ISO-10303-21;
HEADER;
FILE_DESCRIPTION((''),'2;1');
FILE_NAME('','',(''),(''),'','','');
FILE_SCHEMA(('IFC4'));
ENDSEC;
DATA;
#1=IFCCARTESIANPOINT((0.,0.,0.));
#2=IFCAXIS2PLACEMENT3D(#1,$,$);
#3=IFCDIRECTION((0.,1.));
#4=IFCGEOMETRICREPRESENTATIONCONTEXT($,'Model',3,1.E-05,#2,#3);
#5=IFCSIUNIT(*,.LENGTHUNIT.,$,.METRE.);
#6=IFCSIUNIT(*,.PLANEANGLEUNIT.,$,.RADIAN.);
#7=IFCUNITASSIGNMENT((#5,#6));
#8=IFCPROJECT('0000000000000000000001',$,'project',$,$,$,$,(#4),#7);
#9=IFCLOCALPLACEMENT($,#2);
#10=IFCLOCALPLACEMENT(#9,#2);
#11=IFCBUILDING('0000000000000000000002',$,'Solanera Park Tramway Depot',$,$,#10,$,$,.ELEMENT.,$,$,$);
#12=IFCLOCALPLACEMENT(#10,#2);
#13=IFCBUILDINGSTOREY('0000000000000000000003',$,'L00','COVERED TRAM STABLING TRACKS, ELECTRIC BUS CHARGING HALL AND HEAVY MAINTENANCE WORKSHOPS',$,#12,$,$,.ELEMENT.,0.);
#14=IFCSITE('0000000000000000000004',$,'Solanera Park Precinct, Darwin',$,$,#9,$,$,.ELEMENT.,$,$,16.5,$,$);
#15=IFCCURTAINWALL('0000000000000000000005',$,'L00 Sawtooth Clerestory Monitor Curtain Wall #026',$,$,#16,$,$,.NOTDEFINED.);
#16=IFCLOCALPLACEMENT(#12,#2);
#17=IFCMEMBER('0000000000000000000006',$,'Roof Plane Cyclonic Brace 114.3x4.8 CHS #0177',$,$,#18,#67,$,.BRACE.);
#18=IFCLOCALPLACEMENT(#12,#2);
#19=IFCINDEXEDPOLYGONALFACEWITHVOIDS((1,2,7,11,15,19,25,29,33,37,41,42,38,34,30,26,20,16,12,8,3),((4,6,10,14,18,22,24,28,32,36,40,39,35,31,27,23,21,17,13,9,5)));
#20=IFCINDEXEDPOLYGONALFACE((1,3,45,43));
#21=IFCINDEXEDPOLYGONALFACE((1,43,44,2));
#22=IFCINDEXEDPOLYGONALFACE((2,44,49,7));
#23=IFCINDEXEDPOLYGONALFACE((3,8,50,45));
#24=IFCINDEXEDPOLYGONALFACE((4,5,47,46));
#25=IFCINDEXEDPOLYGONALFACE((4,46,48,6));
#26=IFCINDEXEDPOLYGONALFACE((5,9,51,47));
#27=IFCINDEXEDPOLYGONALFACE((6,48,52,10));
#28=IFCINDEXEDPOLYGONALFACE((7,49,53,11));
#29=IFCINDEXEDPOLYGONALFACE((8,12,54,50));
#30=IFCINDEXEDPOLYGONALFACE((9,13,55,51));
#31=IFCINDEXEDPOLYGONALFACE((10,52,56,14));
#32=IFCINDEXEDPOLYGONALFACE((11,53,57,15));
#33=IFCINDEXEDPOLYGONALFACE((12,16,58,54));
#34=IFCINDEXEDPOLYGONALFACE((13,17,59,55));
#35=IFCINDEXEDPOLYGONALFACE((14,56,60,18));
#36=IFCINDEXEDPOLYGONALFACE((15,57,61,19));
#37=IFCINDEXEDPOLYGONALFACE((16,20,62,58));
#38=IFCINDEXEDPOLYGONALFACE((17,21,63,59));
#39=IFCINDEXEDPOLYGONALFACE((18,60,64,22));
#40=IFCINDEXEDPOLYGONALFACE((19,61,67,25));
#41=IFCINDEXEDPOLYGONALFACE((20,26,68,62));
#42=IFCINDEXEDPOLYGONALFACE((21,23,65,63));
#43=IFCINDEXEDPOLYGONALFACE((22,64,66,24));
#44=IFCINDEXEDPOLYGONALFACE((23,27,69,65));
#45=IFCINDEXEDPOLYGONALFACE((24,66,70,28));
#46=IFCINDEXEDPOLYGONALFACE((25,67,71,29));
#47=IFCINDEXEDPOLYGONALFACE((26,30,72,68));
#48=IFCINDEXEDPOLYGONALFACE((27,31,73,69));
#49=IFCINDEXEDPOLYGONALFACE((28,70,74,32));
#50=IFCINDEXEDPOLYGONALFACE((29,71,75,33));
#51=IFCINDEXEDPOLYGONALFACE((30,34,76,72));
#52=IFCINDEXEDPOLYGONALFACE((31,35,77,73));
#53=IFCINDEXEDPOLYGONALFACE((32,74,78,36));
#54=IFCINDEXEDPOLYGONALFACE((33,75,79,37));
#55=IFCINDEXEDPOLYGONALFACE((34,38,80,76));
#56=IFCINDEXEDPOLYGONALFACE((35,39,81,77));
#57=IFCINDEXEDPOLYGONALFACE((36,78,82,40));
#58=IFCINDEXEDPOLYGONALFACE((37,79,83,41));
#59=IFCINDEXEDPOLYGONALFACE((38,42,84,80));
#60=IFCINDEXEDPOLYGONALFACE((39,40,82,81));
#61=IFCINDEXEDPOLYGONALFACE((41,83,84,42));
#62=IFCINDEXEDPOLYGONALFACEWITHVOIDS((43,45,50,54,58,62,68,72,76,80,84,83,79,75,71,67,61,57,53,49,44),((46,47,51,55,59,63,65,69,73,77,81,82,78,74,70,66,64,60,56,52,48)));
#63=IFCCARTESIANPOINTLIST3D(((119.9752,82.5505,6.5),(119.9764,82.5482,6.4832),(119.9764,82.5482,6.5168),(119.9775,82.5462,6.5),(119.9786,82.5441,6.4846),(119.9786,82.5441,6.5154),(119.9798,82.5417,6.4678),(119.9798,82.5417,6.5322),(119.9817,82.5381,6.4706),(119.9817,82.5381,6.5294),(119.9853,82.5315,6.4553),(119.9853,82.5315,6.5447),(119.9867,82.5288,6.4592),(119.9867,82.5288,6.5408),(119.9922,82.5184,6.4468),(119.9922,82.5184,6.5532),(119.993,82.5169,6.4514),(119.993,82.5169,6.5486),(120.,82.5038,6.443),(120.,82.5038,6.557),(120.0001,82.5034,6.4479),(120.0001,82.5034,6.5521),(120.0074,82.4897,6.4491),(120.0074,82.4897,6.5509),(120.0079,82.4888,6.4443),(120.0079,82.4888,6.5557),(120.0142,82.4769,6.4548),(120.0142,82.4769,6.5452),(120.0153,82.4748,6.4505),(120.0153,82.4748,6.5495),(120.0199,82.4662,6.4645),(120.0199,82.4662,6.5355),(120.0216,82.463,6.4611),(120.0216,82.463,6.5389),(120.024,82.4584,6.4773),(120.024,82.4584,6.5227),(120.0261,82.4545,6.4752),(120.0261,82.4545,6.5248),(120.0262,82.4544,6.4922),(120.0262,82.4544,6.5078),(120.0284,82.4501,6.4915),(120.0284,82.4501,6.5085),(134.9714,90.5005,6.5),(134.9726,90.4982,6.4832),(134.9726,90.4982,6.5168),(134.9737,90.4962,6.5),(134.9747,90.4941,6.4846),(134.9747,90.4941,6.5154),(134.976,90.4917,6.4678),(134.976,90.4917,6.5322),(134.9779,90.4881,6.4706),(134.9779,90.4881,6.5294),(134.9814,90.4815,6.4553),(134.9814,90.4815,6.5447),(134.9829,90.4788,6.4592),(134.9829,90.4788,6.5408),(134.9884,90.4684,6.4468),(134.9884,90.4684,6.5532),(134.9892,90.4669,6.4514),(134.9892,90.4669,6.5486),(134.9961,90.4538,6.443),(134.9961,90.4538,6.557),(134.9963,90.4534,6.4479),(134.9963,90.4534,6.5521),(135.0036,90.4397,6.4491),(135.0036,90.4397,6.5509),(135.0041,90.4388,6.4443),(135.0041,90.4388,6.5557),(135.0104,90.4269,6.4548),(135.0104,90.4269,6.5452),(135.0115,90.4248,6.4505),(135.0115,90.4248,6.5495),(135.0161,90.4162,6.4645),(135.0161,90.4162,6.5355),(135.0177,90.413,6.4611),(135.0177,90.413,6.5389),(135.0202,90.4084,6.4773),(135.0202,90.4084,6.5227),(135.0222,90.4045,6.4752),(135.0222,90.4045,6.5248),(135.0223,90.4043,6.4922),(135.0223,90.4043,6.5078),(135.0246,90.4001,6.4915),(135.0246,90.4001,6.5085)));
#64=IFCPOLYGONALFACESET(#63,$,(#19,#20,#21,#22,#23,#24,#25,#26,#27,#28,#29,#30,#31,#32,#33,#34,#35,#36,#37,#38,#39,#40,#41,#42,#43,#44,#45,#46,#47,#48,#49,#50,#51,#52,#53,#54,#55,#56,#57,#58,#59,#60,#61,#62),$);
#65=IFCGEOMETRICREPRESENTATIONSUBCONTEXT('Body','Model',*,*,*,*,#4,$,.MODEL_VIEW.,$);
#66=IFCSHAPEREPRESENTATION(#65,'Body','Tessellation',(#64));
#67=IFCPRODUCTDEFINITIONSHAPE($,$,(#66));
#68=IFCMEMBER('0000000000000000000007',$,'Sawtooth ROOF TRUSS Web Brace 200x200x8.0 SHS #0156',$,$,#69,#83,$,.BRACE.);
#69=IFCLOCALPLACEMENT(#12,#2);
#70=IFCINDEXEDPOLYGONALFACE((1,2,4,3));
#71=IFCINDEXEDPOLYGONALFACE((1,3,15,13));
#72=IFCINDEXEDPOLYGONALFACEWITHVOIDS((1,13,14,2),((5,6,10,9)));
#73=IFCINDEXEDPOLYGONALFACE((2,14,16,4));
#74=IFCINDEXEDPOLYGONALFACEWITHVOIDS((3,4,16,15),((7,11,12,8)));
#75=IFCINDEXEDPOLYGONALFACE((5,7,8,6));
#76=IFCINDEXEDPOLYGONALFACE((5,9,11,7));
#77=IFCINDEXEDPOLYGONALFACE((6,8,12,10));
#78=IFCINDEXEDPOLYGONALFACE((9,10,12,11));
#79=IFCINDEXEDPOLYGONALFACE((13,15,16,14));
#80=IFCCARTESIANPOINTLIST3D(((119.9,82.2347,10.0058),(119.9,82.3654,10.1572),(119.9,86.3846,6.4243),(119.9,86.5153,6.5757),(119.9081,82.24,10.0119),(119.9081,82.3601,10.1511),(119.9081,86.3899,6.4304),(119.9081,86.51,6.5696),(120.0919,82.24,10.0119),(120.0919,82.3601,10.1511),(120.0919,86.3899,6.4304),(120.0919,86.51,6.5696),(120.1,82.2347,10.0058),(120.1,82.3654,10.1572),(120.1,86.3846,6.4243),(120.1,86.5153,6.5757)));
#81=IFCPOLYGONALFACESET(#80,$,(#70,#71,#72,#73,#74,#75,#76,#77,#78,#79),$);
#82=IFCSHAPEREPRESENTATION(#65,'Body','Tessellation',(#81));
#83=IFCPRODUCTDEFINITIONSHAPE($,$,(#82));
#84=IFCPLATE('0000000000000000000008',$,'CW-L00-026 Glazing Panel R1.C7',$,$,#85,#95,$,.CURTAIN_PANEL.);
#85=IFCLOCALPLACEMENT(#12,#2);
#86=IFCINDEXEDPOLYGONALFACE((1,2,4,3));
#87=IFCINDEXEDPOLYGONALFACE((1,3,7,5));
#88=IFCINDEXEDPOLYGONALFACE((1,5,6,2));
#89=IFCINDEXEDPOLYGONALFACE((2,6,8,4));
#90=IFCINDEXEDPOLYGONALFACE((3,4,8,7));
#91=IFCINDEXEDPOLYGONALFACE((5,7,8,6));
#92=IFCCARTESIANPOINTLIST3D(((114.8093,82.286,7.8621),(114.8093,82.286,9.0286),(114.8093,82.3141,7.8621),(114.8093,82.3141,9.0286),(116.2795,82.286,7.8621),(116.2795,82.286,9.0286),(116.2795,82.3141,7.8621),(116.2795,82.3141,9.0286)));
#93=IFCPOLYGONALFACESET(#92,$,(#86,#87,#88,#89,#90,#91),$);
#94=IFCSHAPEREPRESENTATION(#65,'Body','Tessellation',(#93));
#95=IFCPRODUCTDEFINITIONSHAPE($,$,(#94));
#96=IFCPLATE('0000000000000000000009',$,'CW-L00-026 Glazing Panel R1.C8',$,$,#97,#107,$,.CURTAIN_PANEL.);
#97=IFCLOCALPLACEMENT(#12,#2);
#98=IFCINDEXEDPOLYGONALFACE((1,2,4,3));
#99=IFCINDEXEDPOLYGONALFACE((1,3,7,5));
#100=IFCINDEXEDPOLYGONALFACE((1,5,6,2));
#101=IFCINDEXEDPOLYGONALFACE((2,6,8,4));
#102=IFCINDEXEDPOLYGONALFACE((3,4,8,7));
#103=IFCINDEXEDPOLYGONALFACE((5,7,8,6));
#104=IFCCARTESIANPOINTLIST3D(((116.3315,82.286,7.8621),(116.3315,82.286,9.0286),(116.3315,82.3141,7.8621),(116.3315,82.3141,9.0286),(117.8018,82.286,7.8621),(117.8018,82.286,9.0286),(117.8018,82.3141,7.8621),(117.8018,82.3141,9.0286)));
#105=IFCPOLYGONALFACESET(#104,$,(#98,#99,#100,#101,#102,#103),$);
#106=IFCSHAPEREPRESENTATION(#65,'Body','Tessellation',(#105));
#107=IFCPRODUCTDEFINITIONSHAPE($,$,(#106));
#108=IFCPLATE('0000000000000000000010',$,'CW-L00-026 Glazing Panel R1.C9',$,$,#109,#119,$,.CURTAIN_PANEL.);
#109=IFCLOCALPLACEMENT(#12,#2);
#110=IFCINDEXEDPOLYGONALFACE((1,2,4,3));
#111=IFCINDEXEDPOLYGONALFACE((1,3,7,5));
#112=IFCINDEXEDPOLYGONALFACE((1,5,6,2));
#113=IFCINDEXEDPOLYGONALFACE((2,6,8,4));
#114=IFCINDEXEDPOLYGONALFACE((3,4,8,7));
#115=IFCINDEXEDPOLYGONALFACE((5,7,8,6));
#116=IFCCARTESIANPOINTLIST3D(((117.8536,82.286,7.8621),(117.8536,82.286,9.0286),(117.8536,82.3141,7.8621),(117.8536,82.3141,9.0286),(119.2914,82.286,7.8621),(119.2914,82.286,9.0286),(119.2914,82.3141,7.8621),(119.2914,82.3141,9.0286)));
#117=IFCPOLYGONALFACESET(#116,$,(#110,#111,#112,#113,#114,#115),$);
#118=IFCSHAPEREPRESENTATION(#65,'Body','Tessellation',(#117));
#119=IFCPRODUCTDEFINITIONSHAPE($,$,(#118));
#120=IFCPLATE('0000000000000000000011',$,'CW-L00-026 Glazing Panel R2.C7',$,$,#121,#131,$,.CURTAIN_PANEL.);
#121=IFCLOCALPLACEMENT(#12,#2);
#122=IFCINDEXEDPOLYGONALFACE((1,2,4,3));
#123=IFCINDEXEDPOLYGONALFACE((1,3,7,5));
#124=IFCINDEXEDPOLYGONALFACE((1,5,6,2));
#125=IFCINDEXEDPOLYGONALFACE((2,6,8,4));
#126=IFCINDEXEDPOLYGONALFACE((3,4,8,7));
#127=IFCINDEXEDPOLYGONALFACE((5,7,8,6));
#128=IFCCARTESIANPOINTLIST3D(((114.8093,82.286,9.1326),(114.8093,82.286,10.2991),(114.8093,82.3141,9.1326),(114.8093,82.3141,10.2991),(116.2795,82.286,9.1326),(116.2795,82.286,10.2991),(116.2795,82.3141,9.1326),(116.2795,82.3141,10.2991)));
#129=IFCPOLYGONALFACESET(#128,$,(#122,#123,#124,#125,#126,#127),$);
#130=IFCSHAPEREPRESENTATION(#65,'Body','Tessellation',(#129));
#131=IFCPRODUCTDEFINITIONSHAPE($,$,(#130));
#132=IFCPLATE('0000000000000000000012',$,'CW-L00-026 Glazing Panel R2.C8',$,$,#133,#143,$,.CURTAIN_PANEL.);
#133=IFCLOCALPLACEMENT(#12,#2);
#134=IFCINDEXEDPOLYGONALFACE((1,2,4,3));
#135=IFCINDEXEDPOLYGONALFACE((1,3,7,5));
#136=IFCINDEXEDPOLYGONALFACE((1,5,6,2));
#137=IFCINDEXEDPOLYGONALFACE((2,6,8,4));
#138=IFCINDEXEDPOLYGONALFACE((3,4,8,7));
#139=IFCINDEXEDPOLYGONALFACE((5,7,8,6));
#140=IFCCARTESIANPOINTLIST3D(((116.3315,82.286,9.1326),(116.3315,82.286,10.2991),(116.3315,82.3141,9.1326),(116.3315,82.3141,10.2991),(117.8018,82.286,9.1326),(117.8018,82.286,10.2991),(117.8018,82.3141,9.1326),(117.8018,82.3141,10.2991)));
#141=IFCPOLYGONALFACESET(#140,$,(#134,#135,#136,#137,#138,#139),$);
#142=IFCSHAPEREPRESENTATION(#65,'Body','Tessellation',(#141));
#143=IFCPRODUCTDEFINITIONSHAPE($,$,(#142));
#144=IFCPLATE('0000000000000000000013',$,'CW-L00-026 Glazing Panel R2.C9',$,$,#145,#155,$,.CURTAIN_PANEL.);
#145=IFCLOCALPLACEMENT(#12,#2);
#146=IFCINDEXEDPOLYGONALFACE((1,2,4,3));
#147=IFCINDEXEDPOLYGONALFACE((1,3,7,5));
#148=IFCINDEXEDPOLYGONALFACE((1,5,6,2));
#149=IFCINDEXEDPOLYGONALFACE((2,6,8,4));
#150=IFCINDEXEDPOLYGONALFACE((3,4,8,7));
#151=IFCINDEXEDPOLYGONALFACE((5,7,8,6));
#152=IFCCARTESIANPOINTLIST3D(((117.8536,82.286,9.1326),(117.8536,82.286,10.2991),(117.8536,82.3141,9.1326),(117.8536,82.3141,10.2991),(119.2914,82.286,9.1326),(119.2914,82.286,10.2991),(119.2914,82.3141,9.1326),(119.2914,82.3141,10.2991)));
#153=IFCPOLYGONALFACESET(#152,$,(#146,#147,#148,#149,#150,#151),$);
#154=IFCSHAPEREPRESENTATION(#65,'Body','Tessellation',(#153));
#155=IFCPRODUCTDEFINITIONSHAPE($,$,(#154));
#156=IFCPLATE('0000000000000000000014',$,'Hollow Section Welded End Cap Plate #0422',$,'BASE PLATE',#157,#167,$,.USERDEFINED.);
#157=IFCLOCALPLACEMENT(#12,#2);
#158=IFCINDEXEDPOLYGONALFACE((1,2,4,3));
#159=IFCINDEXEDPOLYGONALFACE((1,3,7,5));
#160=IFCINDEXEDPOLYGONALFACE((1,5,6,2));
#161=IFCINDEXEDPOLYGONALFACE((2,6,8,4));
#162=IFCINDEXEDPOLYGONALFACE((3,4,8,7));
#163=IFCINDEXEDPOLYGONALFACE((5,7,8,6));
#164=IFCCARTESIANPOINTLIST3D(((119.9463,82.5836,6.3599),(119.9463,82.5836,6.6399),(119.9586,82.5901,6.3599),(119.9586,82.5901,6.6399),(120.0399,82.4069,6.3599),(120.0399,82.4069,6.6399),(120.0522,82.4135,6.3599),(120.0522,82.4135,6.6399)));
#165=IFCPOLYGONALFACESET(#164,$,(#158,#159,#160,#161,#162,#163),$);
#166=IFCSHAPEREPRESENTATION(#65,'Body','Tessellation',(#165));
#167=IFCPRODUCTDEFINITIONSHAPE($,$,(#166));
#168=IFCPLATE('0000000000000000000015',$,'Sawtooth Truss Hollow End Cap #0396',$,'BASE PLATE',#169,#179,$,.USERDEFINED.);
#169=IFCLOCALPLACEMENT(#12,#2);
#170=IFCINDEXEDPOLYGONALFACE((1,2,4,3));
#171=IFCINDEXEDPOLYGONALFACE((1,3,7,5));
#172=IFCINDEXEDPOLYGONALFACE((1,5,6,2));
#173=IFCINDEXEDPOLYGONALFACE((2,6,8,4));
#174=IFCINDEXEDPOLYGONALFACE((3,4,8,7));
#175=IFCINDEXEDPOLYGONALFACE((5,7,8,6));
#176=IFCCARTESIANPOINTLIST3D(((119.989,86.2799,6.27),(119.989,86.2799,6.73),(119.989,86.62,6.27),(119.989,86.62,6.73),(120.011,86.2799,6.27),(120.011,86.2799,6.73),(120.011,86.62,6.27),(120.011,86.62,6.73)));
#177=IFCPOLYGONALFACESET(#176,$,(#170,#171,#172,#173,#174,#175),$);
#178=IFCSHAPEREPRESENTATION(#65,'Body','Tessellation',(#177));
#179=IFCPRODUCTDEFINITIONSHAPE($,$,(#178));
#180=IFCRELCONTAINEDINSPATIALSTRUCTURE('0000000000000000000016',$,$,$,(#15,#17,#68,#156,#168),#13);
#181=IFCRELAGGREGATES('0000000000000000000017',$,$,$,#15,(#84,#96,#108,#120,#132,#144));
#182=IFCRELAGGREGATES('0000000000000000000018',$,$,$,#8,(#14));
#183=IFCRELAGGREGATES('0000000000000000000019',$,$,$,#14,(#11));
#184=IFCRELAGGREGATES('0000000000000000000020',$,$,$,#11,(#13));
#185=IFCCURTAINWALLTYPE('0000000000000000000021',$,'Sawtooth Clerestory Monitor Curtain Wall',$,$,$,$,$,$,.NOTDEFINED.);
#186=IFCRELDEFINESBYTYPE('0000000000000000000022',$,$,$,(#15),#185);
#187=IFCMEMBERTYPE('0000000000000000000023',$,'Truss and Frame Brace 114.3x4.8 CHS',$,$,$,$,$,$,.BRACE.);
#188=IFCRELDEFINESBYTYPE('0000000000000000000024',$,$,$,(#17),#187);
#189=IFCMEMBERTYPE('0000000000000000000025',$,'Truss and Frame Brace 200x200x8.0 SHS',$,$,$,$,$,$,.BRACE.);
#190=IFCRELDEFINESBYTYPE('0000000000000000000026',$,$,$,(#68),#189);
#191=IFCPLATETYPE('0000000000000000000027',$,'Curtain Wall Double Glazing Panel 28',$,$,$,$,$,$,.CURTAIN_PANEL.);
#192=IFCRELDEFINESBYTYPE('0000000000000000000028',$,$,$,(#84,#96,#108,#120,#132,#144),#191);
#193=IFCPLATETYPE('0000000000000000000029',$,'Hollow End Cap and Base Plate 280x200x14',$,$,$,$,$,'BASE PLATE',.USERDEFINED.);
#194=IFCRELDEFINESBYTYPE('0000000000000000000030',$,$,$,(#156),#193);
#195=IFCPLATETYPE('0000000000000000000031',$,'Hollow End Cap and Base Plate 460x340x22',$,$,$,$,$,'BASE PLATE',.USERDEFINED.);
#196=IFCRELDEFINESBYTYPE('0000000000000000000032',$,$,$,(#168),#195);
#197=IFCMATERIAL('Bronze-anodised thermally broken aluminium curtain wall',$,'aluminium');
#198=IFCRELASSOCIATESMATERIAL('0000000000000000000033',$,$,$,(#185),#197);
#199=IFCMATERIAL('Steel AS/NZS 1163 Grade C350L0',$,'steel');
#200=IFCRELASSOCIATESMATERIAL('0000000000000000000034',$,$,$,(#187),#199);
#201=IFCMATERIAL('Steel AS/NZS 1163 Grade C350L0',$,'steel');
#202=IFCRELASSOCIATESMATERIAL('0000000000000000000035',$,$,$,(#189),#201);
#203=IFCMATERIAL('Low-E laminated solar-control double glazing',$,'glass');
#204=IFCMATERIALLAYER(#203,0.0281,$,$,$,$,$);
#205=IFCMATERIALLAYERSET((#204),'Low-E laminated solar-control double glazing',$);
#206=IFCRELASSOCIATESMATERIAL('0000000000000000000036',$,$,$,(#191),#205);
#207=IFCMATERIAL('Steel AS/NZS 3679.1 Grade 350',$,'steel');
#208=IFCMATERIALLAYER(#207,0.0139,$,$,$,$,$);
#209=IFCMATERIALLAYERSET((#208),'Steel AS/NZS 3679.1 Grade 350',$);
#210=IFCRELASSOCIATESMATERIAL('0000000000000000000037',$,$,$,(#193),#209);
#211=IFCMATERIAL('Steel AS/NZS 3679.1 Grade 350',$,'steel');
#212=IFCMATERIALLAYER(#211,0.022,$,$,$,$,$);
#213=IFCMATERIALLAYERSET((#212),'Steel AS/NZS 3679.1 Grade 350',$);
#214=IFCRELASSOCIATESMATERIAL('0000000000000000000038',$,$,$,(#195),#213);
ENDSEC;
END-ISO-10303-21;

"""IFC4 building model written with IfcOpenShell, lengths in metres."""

from ifc_helpers import new_model, si_unit, direction, frame, origin, origin_2d, place, context, subcontext, project, spatial, rectangle, hollow_rectangle, hollow_circle, extrude, material, layer, layer_set, material_profile, profile_set, type_object, element, aggregate, save


model = new_model("IFC4")

# Units and contexts
model_context = context("Model", 3, precision=1e-05, world=origin(), true_north=direction((0.0, 1.0)))
body_context = subcontext(model_context, "Body", "Model", "MODEL_VIEW")
ifc_project = project(units=[si_unit("LENGTHUNIT", "METRE"), si_unit("PLANEANGLEUNIT", "RADIAN")], contexts=[model_context])

# Site, building, storey
site_placement = place(None, origin())
site = spatial("IfcSite", under=ifc_project, at=site_placement, Name="Solanera Park Precinct, Darwin", CompositionType="ELEMENT", RefElevation=16.5)
building_placement = place(site_placement, origin())
building = spatial("IfcBuilding", under=site, at=building_placement, Name="Solanera Park Tramway Depot", CompositionType="ELEMENT")
storey_placement = place(building_placement, origin())
storey = spatial("IfcBuildingStorey", under=building, at=storey_placement, Name="L00", Description="COVERED TRAM STABLING TRACKS, ELECTRIC BUS CHARGING HALL AND HEAVY MAINTENANCE WORKSHOPS", CompositionType="ELEMENT", Elevation=0.0)

# Curtain wall
ifc_material_1 = material(Name="Bronze-anodised thermally broken aluminium curtain wall", Category="aluminium")
curtain_wall_type = type_object("IfcCurtainWallType", Name="Sawtooth Clerestory Monitor Curtain Wall", PredefinedType="NOTDEFINED", material=ifc_material_1)
curtain_wall_1_placement = place(storey_placement, origin())
curtain_wall_1 = element("IfcCurtainWall", 1, at=curtain_wall_1_placement, inside=storey, type_object=curtain_wall_type, Name="L00 Sawtooth Clerestory Monitor Curtain Wall #026", PredefinedType="NOTDEFINED")

# Members
ifc_material_2 = material(Name="Steel AS/NZS 1163 Grade C350L0", Category="steel")
ifc_material_profile_1 = material_profile(ifc_material_2, hollow_circle(Radius=0.0571, WallThickness=0.0049, at=origin_2d()), Name="114.3x4.8 CHS")
ifc_profile_set_1 = profile_set([ifc_material_profile_1], Name="Steel AS/NZS 1163 Grade C350L0")
member_type_1 = type_object("IfcMemberType", Name="Truss and Frame Brace 114.3x4.8 CHS", PredefinedType="BRACE", material=ifc_profile_set_1)
member_1_placement = place(storey_placement, frame((120.002, 82.5, 6.5), z_axis=(0.883524, 0.468387, 0.0), x_axis=(-0.468387, 0.883524, 0.0)))
element("IfcMember", 2, at=member_1_placement, inside=storey, type_object=member_type_1, Name="Roof Plane Cyclonic Brace 114.3x4.8 CHS #0177", PredefinedType="BRACE", context=body_context, shape_type="SweptSolid", body=[
    extrude(hollow_circle(Radius=0.0571, WallThickness=0.0049, at=origin_2d()), origin(), (0.0, 0.0, 1.0), 16.9731),
])
ifc_material_3 = material(Name="Steel AS/NZS 1163 Grade C350L0", Category="steel")
ifc_material_profile_2 = material_profile(ifc_material_3, hollow_rectangle(XDim=0.2, YDim=0.2, WallThickness=0.0081, at=origin_2d()), Name="200x200x8.0 SHS")
ifc_profile_set_2 = profile_set([ifc_material_profile_2], Name="Steel AS/NZS 1163 Grade C350L0")
member_type_2 = type_object("IfcMemberType", Name="Truss and Frame Brace 200x200x8.0 SHS", PredefinedType="BRACE", material=ifc_profile_set_2)
member_2_placement = place(storey_placement, frame((120.0, 86.45, 6.5), z_axis=(0.0, -0.757045, 0.653362), x_axis=(1.0, 0.0, 0.0)))
element("IfcMember", 3, at=member_2_placement, inside=storey, type_object=member_type_2, Name="Sawtooth ROOF TRUSS Web Brace 200x200x8.0 SHS #0156", PredefinedType="BRACE", context=body_context, shape_type="SweptSolid", body=[
    extrude(hollow_rectangle(XDim=0.2, YDim=0.2, WallThickness=0.0081, at=origin_2d()), origin(), (0.0, 0.0, 1.0), 5.4817),
])

# Plates
ifc_material_4 = material(Name="Low-E laminated solar-control double glazing", Category="glass")
ifc_layer_1 = layer(ifc_material_4, 0.0281)
ifc_layer_set_1 = layer_set([ifc_layer_1], Name="Low-E laminated solar-control double glazing")
plate_type_1 = type_object("IfcPlateType", Name="Curtain Wall Double Glazing Panel 28", PredefinedType="CURTAIN_PANEL", material=ifc_layer_set_1)
plate_1_placement = place(storey_placement, frame((115.5444, 82.3, 7.8621), z_axis=(0.0, 0.0, 1.0), x_axis=(1.0, 0.0, 0.0)))
plate_1 = element("IfcPlate", 4, at=plate_1_placement, type_object=plate_type_1, Name="CW-L00-026 Glazing Panel R1.C7", PredefinedType="CURTAIN_PANEL", context=body_context, shape_type="SweptSolid", body=[
    extrude(rectangle(XDim=1.4702, YDim=0.0281, at=origin_2d()), origin(), (0.0, 0.0, 1.0), 1.1665),
])
plate_2_placement = place(storey_placement, frame((117.0667, 82.3, 7.8621), z_axis=(0.0, 0.0, 1.0), x_axis=(1.0, 0.0, 0.0)))
plate_2 = element("IfcPlate", 5, at=plate_2_placement, type_object=plate_type_1, Name="CW-L00-026 Glazing Panel R1.C8", PredefinedType="CURTAIN_PANEL", context=body_context, shape_type="SweptSolid", body=[
    extrude(rectangle(XDim=1.4702, YDim=0.0281, at=origin_2d()), origin(), (0.0, 0.0, 1.0), 1.1665),
])
plate_3_placement = place(storey_placement, frame((118.5725, 82.3, 7.8621), z_axis=(0.0, 0.0, 1.0), x_axis=(1.0, 0.0, 0.0)))
plate_3 = element("IfcPlate", 6, at=plate_3_placement, type_object=plate_type_1, Name="CW-L00-026 Glazing Panel R1.C9", PredefinedType="CURTAIN_PANEL", context=body_context, shape_type="SweptSolid", body=[
    extrude(rectangle(XDim=1.4377, YDim=0.0281, at=origin_2d()), origin(), (0.0, 0.0, 1.0), 1.1665),
])
plate_4_placement = place(storey_placement, frame((115.5444, 82.3, 9.1326), z_axis=(0.0, 0.0, 1.0), x_axis=(1.0, 0.0, 0.0)))
plate_4 = element("IfcPlate", 7, at=plate_4_placement, type_object=plate_type_1, Name="CW-L00-026 Glazing Panel R2.C7", PredefinedType="CURTAIN_PANEL", context=body_context, shape_type="SweptSolid", body=[
    extrude(rectangle(XDim=1.4702, YDim=0.0281, at=origin_2d()), origin(), (0.0, 0.0, 1.0), 1.1665),
])
plate_5_placement = place(storey_placement, frame((117.0667, 82.3, 9.1326), z_axis=(0.0, 0.0, 1.0), x_axis=(1.0, 0.0, 0.0)))
plate_5 = element("IfcPlate", 8, at=plate_5_placement, type_object=plate_type_1, Name="CW-L00-026 Glazing Panel R2.C8", PredefinedType="CURTAIN_PANEL", context=body_context, shape_type="SweptSolid", body=[
    extrude(rectangle(XDim=1.4702, YDim=0.0281, at=origin_2d()), origin(), (0.0, 0.0, 1.0), 1.1665),
])
plate_6_placement = place(storey_placement, frame((118.5725, 82.3, 9.1326), z_axis=(0.0, 0.0, 1.0), x_axis=(1.0, 0.0, 0.0)))
plate_6 = element("IfcPlate", 9, at=plate_6_placement, type_object=plate_type_1, Name="CW-L00-026 Glazing Panel R2.C9", PredefinedType="CURTAIN_PANEL", context=body_context, shape_type="SweptSolid", body=[
    extrude(rectangle(XDim=1.4377, YDim=0.0281, at=origin_2d()), origin(), (0.0, 0.0, 1.0), 1.1665),
])
aggregate(curtain_wall_1, [plate_1, plate_2, plate_3, plate_4, plate_5, plate_6])

# Plates
ifc_material_5 = material(Name="Steel AS/NZS 3679.1 Grade 350", Category="steel")
ifc_layer_2 = layer(ifc_material_5, 0.0139)
ifc_layer_set_2 = layer_set([ifc_layer_2], Name="Steel AS/NZS 3679.1 Grade 350")
plate_type_2 = type_object("IfcPlateType", Name="Hollow End Cap and Base Plate 280x200x14", ElementType="BASE PLATE", PredefinedType="USERDEFINED", material=ifc_layer_set_2)
plate_7_placement = place(storey_placement, frame((119.9993, 82.4985, 6.3599), z_axis=(0.0, 0.0, 1.0), x_axis=(0.883521, 0.468392, 0.0)))
element("IfcPlate", 10, at=plate_7_placement, inside=storey, type_object=plate_type_2, Name="Hollow Section Welded End Cap Plate #0422", ObjectType="BASE PLATE", PredefinedType="USERDEFINED", context=body_context, shape_type="SweptSolid", body=[
    extrude(rectangle(XDim=0.0139, YDim=0.2, at=origin_2d()), origin(), (0.0, 0.0, 1.0), 0.28),
])
ifc_material_6 = material(Name="Steel AS/NZS 3679.1 Grade 350", Category="steel")
ifc_layer_3 = layer(ifc_material_6, 0.022)
ifc_layer_set_3 = layer_set([ifc_layer_3], Name="Steel AS/NZS 3679.1 Grade 350")
plate_type_3 = type_object("IfcPlateType", Name="Hollow End Cap and Base Plate 460x340x22", ElementType="BASE PLATE", PredefinedType="USERDEFINED", material=ifc_layer_set_3)
plate_8_placement = place(storey_placement, frame((120.0, 86.45, 6.27), z_axis=(0.0, 0.0, 1.0), x_axis=(1.0, 0.0, 0.0)))
element("IfcPlate", 11, at=plate_8_placement, inside=storey, type_object=plate_type_3, Name="Sawtooth Truss Hollow End Cap #0396", ObjectType="BASE PLATE", PredefinedType="USERDEFINED", context=body_context, shape_type="SweptSolid", body=[
    extrude(rectangle(XDim=0.022, YDim=0.3401, at=origin_2d()), origin(), (0.0, 0.0, 1.0), 0.46),
])

save(model, "model.ifc")
